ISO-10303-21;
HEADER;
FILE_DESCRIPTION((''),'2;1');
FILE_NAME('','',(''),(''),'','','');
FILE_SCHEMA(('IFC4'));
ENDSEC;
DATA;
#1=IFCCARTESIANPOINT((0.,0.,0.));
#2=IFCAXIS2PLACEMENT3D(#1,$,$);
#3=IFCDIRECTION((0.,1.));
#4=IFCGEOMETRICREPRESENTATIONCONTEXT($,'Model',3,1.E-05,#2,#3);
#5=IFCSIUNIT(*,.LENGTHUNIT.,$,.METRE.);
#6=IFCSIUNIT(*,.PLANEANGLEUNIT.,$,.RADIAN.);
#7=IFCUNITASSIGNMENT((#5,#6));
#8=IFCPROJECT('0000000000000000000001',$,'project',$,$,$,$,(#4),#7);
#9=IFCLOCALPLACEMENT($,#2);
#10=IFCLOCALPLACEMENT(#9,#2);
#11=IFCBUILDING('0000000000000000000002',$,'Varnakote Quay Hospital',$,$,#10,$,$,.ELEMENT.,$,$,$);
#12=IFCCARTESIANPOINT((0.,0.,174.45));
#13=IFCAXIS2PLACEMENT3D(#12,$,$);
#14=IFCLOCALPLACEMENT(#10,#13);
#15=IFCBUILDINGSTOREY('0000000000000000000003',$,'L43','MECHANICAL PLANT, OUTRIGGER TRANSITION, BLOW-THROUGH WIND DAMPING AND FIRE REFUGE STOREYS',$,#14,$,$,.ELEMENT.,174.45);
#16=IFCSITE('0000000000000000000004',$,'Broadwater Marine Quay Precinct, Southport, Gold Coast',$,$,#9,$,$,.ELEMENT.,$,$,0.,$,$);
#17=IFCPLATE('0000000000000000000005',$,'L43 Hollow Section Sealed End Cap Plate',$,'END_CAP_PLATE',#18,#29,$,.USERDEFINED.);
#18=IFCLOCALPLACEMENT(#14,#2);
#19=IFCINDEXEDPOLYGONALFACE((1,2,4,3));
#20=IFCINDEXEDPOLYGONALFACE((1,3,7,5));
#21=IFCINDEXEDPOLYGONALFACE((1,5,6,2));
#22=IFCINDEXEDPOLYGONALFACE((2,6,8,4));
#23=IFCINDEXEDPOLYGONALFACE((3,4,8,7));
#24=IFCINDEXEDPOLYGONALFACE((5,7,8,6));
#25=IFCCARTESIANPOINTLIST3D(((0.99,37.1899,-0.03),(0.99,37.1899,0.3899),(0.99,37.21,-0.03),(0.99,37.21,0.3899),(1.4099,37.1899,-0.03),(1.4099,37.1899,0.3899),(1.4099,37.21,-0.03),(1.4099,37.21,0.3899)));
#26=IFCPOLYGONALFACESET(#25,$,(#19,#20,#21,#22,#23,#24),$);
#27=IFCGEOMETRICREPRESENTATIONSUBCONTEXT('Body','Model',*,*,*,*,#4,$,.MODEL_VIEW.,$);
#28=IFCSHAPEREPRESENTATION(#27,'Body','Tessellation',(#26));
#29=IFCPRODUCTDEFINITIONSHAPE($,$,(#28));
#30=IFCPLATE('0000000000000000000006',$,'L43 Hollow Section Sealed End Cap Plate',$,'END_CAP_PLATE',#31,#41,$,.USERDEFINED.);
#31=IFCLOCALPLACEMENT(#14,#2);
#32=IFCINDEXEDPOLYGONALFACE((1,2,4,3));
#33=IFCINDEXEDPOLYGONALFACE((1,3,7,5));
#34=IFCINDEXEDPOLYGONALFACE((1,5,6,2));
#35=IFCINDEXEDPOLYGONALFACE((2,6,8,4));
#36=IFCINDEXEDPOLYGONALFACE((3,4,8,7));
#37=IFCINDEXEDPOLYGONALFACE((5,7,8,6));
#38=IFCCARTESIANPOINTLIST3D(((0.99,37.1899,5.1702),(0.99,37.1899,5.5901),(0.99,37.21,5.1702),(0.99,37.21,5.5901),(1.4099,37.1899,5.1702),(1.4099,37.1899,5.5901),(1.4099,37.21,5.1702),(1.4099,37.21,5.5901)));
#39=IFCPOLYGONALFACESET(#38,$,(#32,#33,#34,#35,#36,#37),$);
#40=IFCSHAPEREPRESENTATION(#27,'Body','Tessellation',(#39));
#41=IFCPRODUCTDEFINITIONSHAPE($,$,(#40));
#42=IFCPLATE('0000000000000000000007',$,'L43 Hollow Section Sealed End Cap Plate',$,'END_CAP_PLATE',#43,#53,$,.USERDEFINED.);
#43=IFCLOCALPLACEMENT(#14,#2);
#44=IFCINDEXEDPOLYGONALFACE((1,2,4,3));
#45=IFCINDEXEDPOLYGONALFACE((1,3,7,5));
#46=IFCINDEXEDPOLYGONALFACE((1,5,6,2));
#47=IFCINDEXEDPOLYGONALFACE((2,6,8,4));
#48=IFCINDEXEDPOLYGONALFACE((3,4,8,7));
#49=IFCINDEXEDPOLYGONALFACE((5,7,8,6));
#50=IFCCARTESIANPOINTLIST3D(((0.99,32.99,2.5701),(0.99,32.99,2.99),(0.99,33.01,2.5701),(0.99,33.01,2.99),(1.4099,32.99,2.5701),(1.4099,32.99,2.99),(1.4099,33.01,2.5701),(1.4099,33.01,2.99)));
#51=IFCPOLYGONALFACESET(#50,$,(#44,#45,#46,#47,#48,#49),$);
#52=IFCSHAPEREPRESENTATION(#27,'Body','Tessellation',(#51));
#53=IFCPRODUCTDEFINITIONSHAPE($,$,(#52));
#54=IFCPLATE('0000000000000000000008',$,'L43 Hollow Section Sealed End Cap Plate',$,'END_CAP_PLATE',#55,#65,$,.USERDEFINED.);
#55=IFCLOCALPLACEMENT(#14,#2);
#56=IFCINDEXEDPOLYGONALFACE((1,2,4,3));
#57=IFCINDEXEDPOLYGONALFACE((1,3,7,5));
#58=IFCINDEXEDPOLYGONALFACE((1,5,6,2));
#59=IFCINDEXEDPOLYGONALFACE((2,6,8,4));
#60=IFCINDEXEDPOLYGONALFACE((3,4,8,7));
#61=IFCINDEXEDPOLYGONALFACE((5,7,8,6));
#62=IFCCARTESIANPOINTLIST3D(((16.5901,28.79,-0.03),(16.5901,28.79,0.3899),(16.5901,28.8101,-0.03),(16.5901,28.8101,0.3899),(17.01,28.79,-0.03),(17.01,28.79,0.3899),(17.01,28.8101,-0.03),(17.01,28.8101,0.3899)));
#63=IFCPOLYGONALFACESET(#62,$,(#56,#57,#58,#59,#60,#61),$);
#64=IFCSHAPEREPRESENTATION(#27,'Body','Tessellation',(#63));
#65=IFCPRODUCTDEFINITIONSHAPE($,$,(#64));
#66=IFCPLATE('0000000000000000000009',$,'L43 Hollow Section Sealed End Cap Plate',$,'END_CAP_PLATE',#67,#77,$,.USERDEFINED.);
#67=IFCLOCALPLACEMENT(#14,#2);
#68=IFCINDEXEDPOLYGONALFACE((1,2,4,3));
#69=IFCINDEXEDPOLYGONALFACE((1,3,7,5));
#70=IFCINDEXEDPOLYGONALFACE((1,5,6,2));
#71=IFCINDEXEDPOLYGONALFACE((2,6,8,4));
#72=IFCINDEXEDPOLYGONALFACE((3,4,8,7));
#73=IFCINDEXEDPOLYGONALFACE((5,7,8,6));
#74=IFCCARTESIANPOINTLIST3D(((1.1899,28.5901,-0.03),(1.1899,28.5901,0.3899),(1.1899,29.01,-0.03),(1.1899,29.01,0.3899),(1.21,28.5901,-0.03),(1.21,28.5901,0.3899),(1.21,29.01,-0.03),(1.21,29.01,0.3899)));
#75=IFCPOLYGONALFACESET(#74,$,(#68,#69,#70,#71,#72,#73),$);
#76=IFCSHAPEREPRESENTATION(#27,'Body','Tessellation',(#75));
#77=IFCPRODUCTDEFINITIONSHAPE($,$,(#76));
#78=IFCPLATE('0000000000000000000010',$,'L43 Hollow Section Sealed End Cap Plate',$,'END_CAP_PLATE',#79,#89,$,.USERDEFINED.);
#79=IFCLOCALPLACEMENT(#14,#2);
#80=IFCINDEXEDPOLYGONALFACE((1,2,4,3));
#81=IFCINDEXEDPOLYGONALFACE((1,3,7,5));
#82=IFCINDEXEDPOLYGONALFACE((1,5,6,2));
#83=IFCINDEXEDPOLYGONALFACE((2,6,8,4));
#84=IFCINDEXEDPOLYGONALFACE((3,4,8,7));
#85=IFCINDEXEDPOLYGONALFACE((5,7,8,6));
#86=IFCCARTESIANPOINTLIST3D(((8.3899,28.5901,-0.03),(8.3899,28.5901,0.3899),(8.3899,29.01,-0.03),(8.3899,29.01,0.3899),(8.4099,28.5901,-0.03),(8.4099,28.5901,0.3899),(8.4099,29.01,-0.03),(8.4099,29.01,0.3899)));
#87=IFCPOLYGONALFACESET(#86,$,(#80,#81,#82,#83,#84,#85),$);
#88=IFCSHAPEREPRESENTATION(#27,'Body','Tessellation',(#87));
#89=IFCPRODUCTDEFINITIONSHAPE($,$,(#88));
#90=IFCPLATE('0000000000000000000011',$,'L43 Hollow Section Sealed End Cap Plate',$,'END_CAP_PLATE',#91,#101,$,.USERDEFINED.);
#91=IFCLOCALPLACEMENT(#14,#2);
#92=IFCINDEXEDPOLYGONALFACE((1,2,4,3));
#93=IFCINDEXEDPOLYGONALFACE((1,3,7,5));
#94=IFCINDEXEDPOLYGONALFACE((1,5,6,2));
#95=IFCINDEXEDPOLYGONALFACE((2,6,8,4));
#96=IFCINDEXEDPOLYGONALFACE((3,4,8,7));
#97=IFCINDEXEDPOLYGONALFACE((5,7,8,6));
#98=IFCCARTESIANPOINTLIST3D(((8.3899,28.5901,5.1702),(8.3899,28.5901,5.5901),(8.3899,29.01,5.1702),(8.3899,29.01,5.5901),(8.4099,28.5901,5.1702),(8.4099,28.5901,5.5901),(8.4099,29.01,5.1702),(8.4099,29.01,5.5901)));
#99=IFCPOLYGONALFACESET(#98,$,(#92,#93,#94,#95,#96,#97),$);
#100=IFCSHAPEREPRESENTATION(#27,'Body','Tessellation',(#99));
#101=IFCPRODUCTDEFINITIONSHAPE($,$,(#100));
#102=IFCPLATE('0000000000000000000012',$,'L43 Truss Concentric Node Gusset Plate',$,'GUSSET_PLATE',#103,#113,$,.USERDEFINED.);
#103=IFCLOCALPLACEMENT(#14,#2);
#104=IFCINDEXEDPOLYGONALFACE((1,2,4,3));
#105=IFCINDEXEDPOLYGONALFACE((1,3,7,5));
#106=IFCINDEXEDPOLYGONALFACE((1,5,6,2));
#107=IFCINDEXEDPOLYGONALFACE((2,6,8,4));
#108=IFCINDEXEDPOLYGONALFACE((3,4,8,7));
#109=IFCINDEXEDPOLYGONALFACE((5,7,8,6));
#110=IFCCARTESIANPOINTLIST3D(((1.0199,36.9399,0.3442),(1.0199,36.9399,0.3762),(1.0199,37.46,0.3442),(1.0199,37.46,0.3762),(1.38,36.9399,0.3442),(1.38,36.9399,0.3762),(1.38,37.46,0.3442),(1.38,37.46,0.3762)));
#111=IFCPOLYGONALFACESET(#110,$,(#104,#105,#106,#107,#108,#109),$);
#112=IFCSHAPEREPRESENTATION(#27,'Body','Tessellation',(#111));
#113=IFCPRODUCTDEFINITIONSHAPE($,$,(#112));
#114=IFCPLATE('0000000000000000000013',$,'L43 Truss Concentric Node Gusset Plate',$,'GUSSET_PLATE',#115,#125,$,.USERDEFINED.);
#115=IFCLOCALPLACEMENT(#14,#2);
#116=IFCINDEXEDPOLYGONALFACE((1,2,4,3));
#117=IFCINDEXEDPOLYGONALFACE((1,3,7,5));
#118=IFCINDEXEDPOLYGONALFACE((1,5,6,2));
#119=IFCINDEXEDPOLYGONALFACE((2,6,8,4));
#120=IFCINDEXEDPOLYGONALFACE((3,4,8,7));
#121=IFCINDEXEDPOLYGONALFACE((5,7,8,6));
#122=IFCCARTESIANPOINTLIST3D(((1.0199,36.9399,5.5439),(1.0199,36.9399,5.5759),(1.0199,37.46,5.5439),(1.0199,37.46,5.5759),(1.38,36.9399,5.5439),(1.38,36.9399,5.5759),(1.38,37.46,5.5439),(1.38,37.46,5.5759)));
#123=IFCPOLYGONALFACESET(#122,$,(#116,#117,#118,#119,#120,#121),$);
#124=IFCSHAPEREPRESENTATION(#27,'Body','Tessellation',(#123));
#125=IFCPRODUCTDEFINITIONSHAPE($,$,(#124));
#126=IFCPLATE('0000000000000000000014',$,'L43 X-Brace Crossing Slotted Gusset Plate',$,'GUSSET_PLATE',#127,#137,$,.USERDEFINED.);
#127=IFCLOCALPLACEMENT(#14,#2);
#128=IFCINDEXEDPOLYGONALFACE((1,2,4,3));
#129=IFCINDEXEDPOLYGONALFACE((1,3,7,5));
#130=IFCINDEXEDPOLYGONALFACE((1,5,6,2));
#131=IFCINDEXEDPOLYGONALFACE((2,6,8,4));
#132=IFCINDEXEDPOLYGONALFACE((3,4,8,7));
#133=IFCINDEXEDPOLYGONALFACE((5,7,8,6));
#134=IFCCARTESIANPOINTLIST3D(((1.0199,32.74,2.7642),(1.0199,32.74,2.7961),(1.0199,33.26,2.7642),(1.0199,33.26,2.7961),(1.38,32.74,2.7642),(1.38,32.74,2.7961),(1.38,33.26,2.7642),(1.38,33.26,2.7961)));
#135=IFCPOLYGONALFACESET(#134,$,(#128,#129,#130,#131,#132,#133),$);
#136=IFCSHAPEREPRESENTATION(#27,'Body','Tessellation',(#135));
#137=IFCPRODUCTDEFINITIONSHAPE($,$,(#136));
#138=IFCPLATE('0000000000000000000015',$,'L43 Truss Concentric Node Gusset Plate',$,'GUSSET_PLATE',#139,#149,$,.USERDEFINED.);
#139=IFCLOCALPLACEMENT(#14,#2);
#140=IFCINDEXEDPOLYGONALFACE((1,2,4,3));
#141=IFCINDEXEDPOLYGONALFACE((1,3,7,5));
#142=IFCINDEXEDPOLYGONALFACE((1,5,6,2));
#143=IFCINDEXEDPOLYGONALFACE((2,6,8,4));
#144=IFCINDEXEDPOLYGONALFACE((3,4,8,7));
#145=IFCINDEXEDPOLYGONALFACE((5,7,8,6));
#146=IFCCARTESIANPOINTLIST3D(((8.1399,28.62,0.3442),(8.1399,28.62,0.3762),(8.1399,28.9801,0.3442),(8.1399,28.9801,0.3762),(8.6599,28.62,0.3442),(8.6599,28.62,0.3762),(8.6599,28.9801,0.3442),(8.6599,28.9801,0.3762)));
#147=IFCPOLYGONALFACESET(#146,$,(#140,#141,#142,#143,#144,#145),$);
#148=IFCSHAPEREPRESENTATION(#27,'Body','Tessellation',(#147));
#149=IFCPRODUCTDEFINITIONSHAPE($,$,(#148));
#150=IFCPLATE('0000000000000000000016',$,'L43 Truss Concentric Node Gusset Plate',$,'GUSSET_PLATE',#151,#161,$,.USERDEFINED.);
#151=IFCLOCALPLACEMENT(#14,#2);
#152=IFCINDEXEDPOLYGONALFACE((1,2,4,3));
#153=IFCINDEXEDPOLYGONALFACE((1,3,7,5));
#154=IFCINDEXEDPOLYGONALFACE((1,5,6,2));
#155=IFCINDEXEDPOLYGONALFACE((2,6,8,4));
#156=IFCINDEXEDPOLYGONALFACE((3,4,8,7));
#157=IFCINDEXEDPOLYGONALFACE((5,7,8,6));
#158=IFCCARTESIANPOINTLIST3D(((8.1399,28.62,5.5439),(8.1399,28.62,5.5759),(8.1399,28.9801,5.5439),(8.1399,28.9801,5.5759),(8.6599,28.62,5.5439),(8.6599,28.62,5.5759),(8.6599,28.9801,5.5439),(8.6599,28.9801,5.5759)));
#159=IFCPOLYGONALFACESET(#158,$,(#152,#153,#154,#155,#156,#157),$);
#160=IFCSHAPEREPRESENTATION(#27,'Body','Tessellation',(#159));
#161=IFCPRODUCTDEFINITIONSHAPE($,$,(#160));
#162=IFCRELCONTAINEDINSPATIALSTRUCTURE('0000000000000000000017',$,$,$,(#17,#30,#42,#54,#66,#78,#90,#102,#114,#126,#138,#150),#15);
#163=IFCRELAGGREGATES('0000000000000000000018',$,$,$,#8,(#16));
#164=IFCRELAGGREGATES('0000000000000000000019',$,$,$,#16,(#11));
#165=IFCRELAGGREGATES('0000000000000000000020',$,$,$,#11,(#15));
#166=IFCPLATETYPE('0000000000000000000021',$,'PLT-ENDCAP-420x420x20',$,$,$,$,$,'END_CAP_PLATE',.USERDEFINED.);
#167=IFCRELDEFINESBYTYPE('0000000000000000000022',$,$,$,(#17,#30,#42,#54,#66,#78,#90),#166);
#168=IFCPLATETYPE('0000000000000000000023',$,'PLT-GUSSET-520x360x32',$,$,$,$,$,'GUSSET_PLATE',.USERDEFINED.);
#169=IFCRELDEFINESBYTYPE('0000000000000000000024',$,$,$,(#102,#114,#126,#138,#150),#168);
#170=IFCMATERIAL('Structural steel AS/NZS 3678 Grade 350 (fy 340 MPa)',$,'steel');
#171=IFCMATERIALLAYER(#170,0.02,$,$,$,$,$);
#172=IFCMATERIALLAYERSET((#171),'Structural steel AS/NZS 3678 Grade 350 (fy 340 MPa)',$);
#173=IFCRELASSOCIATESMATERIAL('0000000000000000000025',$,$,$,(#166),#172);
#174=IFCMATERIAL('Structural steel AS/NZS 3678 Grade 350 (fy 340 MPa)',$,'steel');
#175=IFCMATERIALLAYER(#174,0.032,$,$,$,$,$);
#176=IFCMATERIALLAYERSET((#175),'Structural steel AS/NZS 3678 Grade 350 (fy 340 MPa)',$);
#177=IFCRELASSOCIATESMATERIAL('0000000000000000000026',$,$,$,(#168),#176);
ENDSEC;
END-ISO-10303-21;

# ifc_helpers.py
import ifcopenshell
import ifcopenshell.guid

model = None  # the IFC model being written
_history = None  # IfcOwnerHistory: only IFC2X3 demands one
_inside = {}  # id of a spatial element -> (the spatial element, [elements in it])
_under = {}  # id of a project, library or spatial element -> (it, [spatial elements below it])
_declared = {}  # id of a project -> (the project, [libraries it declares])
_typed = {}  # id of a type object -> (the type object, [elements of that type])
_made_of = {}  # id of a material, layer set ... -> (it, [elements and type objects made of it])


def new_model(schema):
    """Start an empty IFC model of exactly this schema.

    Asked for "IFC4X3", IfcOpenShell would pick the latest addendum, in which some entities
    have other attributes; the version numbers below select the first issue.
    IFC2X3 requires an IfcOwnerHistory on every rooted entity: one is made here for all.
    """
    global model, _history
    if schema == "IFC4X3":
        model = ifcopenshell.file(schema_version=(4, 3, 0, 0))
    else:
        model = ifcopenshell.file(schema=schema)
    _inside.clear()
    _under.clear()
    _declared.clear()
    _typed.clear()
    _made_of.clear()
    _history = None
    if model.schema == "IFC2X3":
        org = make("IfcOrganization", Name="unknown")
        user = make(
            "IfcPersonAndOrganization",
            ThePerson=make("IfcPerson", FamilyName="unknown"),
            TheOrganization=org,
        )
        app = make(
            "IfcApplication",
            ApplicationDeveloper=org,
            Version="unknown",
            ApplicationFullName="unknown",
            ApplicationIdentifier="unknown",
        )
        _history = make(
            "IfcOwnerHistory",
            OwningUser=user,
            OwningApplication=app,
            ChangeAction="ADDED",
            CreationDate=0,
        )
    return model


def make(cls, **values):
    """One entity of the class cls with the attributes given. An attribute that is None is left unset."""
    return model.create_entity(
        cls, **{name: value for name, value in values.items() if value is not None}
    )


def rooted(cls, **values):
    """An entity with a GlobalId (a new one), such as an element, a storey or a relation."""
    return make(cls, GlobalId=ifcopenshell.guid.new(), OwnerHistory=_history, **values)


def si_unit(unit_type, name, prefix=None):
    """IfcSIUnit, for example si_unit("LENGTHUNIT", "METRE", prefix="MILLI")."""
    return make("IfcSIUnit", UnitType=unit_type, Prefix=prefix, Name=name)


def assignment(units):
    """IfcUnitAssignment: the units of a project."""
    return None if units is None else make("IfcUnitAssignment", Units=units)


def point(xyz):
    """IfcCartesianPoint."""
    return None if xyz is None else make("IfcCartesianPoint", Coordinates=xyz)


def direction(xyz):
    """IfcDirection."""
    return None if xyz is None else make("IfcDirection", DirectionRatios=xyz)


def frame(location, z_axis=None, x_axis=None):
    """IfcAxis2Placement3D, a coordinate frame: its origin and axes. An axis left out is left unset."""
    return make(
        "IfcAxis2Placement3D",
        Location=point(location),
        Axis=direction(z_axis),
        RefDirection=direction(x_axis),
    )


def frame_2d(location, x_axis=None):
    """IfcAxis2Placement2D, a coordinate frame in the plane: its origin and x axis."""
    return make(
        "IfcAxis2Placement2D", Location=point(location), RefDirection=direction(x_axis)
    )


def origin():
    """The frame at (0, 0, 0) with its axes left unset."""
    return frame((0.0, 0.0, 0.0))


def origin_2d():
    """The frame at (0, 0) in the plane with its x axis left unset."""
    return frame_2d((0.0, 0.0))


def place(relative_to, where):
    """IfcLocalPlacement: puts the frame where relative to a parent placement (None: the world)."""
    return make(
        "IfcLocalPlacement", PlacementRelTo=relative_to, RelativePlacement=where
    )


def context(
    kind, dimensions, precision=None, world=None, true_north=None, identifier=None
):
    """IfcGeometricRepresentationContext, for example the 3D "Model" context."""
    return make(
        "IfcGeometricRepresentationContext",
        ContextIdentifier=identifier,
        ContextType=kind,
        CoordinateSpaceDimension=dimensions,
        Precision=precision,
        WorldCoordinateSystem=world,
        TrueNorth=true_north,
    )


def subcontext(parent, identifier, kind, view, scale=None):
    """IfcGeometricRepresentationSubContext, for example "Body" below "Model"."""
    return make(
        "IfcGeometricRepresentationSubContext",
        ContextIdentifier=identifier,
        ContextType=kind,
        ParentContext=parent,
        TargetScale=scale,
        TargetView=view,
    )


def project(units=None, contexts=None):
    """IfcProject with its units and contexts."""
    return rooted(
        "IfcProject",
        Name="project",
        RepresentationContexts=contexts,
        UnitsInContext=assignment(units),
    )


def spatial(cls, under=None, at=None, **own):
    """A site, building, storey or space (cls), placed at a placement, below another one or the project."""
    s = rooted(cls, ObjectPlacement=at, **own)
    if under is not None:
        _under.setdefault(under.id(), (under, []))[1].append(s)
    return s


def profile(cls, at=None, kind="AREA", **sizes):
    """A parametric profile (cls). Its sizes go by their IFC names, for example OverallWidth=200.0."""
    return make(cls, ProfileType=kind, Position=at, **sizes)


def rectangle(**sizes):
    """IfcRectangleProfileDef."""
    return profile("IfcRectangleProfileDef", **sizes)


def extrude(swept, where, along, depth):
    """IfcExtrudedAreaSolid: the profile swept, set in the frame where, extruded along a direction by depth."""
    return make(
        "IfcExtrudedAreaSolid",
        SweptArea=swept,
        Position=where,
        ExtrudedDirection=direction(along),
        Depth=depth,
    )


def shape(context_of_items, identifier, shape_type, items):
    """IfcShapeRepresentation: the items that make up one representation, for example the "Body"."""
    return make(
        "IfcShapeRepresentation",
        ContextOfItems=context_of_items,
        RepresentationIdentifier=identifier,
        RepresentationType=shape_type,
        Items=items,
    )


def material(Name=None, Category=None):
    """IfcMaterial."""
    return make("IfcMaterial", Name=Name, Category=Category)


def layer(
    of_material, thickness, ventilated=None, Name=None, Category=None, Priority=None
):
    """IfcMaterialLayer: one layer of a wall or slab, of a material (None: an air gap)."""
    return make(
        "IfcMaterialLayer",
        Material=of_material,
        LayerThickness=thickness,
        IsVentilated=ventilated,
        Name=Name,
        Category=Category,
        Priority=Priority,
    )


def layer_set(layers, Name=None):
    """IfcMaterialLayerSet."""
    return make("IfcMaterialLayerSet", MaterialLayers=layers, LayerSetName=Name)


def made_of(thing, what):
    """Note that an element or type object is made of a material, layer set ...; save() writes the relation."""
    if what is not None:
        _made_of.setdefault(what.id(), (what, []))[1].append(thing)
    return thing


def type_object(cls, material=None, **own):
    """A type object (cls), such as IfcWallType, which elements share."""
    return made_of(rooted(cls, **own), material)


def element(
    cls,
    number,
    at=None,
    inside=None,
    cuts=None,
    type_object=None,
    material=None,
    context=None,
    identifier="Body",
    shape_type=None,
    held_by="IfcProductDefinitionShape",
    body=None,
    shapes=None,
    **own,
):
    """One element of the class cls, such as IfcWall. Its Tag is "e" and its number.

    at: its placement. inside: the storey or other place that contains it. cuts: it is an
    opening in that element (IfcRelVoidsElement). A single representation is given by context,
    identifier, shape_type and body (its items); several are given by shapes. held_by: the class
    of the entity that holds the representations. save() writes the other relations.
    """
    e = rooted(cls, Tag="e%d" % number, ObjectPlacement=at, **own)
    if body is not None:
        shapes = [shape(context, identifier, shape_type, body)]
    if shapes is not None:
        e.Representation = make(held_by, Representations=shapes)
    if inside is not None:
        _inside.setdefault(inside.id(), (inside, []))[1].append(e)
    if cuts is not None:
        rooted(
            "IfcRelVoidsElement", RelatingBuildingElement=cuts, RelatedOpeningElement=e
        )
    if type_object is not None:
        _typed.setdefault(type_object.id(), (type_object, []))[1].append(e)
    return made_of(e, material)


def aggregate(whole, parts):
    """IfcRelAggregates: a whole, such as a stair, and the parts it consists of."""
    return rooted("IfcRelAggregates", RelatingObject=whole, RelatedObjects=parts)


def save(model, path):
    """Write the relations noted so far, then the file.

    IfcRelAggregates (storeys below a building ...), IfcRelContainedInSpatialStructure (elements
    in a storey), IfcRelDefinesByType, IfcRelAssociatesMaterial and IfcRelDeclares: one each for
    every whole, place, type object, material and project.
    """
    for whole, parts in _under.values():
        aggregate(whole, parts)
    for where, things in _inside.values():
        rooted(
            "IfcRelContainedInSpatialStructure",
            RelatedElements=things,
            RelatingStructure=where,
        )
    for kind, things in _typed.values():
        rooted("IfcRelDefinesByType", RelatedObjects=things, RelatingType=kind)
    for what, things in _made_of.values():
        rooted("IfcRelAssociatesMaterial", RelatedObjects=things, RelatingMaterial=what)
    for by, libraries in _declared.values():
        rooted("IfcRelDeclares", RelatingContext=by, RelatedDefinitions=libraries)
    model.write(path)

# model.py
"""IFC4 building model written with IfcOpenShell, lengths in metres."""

from ifc_helpers import new_model, si_unit, direction, frame, origin, origin_2d, place, context, subcontext, project, spatial, rectangle, extrude, material, layer, layer_set, type_object, element, save


model = new_model("IFC4")

# Units and contexts
model_context = context("Model", 3, precision=1e-05, world=origin(), true_north=direction((0.0, 1.0)))
body_context = subcontext(model_context, "Body", "Model", "MODEL_VIEW")
ifc_project = project(units=[si_unit("LENGTHUNIT", "METRE"), si_unit("PLANEANGLEUNIT", "RADIAN")], contexts=[model_context])

# Site, building, storey
site_placement = place(None, origin())
site = spatial("IfcSite", under=ifc_project, at=site_placement, Name="Broadwater Marine Quay Precinct, Southport, Gold Coast", CompositionType="ELEMENT", RefElevation=0.0)
building_placement = place(site_placement, origin())
building = spatial("IfcBuilding", under=site, at=building_placement, Name="Varnakote Quay Hospital", CompositionType="ELEMENT")
storey_placement = place(building_placement, frame((0.0, 0.0, 174.45)))
storey = spatial("IfcBuildingStorey", under=building, at=storey_placement, Name="L43", Description="MECHANICAL PLANT, OUTRIGGER TRANSITION, BLOW-THROUGH WIND DAMPING AND FIRE REFUGE STOREYS", CompositionType="ELEMENT", Elevation=174.45)

# Plates
ifc_material_1 = material(Name="Structural steel AS/NZS 3678 Grade 350 (fy 340 MPa)", Category="steel")
ifc_layer_1 = layer(ifc_material_1, 0.02)
ifc_layer_set_1 = layer_set([ifc_layer_1], Name="Structural steel AS/NZS 3678 Grade 350 (fy 340 MPa)")
plate_type_1 = type_object("IfcPlateType", Name="PLT-ENDCAP-420x420x20", ElementType="END_CAP_PLATE", PredefinedType="USERDEFINED", material=ifc_layer_set_1)
for number, where, z_axis, x_axis, name in (
    (1, (1.2, 37.2, -0.03), (0.0, 0.0, 1.0), (0.0, 1.0, 0.0), "L43 Hollow Section Sealed End Cap Plate"),
    (2, (1.2, 37.2, 5.1702), (0.0, 0.0, 1.0), (0.0, 1.0, 0.0), "L43 Hollow Section Sealed End Cap Plate"),
    (3, (1.2, 33.0, 2.5701), (0.0, 0.0, 1.0), (0.0, 1.0, 0.0), "L43 Hollow Section Sealed End Cap Plate"),
    (4, (16.8, 28.8, -0.03), (0.0, 0.0, 1.0), (0.0, 1.0, 0.0), "L43 Hollow Section Sealed End Cap Plate"),
    (5, (1.2, 28.8, -0.03), (0.0, 0.0, 1.0), (1.0, 0.0, 0.0), "L43 Hollow Section Sealed End Cap Plate"),
    (6, (8.3999, 28.8, -0.03), (0.0, 0.0, 1.0), (1.0, 0.0, 0.0), "L43 Hollow Section Sealed End Cap Plate"),
    (7, (8.3999, 28.8, 5.1702), (0.0, 0.0, 1.0), (1.0, 0.0, 0.0), "L43 Hollow Section Sealed End Cap Plate"),
):
    element("IfcPlate", number, at=place(storey_placement, frame(where, z_axis=z_axis, x_axis=x_axis)), inside=storey, type_object=plate_type_1, Name=name, ObjectType="END_CAP_PLATE", PredefinedType="USERDEFINED", context=body_context, shape_type="SweptSolid", body=[
        extrude(rectangle(XDim=0.02, YDim=0.4199, at=origin_2d()), origin(), (0.0, 0.0, 1.0), 0.4199),
    ])
ifc_material_2 = material(Name="Structural steel AS/NZS 3678 Grade 350 (fy 340 MPa)", Category="steel")
ifc_layer_2 = layer(ifc_material_2, 0.032)
ifc_layer_set_2 = layer_set([ifc_layer_2], Name="Structural steel AS/NZS 3678 Grade 350 (fy 340 MPa)")
plate_type_2 = type_object("IfcPlateType", Name="PLT-GUSSET-520x360x32", ElementType="GUSSET_PLATE", PredefinedType="USERDEFINED", material=ifc_layer_set_2)
for number, where, z_axis, x_axis, name in (
    (8, (1.2, 37.2, 0.3442), (0.0, 0.0, 1.0), (0.0, 1.0, 0.0), "L43 Truss Concentric Node Gusset Plate"),
    (9, (1.2, 37.2, 5.5439), (0.0, 0.0, 1.0), (0.0, 1.0, 0.0), "L43 Truss Concentric Node Gusset Plate"),
    (10, (1.2, 33.0, 2.7642), (0.0, 0.0, 1.0), (0.0, 1.0, 0.0), "L43 X-Brace Crossing Slotted Gusset Plate"),
    (11, (8.3999, 28.8, 0.3442), (0.0, 0.0, 1.0), (1.0, 0.0, 0.0), "L43 Truss Concentric Node Gusset Plate"),
    (12, (8.3999, 28.8, 5.5439), (0.0, 0.0, 1.0), (1.0, 0.0, 0.0), "L43 Truss Concentric Node Gusset Plate"),
):
    element("IfcPlate", number, at=place(storey_placement, frame(where, z_axis=z_axis, x_axis=x_axis)), inside=storey, type_object=plate_type_2, Name=name, ObjectType="GUSSET_PLATE", PredefinedType="USERDEFINED", context=body_context, shape_type="SweptSolid", body=[
        extrude(rectangle(XDim=0.52, YDim=0.3601, at=origin_2d()), origin(), (0.0, 0.0, 1.0), 0.032),
    ])

save(model, "model.ifc")
